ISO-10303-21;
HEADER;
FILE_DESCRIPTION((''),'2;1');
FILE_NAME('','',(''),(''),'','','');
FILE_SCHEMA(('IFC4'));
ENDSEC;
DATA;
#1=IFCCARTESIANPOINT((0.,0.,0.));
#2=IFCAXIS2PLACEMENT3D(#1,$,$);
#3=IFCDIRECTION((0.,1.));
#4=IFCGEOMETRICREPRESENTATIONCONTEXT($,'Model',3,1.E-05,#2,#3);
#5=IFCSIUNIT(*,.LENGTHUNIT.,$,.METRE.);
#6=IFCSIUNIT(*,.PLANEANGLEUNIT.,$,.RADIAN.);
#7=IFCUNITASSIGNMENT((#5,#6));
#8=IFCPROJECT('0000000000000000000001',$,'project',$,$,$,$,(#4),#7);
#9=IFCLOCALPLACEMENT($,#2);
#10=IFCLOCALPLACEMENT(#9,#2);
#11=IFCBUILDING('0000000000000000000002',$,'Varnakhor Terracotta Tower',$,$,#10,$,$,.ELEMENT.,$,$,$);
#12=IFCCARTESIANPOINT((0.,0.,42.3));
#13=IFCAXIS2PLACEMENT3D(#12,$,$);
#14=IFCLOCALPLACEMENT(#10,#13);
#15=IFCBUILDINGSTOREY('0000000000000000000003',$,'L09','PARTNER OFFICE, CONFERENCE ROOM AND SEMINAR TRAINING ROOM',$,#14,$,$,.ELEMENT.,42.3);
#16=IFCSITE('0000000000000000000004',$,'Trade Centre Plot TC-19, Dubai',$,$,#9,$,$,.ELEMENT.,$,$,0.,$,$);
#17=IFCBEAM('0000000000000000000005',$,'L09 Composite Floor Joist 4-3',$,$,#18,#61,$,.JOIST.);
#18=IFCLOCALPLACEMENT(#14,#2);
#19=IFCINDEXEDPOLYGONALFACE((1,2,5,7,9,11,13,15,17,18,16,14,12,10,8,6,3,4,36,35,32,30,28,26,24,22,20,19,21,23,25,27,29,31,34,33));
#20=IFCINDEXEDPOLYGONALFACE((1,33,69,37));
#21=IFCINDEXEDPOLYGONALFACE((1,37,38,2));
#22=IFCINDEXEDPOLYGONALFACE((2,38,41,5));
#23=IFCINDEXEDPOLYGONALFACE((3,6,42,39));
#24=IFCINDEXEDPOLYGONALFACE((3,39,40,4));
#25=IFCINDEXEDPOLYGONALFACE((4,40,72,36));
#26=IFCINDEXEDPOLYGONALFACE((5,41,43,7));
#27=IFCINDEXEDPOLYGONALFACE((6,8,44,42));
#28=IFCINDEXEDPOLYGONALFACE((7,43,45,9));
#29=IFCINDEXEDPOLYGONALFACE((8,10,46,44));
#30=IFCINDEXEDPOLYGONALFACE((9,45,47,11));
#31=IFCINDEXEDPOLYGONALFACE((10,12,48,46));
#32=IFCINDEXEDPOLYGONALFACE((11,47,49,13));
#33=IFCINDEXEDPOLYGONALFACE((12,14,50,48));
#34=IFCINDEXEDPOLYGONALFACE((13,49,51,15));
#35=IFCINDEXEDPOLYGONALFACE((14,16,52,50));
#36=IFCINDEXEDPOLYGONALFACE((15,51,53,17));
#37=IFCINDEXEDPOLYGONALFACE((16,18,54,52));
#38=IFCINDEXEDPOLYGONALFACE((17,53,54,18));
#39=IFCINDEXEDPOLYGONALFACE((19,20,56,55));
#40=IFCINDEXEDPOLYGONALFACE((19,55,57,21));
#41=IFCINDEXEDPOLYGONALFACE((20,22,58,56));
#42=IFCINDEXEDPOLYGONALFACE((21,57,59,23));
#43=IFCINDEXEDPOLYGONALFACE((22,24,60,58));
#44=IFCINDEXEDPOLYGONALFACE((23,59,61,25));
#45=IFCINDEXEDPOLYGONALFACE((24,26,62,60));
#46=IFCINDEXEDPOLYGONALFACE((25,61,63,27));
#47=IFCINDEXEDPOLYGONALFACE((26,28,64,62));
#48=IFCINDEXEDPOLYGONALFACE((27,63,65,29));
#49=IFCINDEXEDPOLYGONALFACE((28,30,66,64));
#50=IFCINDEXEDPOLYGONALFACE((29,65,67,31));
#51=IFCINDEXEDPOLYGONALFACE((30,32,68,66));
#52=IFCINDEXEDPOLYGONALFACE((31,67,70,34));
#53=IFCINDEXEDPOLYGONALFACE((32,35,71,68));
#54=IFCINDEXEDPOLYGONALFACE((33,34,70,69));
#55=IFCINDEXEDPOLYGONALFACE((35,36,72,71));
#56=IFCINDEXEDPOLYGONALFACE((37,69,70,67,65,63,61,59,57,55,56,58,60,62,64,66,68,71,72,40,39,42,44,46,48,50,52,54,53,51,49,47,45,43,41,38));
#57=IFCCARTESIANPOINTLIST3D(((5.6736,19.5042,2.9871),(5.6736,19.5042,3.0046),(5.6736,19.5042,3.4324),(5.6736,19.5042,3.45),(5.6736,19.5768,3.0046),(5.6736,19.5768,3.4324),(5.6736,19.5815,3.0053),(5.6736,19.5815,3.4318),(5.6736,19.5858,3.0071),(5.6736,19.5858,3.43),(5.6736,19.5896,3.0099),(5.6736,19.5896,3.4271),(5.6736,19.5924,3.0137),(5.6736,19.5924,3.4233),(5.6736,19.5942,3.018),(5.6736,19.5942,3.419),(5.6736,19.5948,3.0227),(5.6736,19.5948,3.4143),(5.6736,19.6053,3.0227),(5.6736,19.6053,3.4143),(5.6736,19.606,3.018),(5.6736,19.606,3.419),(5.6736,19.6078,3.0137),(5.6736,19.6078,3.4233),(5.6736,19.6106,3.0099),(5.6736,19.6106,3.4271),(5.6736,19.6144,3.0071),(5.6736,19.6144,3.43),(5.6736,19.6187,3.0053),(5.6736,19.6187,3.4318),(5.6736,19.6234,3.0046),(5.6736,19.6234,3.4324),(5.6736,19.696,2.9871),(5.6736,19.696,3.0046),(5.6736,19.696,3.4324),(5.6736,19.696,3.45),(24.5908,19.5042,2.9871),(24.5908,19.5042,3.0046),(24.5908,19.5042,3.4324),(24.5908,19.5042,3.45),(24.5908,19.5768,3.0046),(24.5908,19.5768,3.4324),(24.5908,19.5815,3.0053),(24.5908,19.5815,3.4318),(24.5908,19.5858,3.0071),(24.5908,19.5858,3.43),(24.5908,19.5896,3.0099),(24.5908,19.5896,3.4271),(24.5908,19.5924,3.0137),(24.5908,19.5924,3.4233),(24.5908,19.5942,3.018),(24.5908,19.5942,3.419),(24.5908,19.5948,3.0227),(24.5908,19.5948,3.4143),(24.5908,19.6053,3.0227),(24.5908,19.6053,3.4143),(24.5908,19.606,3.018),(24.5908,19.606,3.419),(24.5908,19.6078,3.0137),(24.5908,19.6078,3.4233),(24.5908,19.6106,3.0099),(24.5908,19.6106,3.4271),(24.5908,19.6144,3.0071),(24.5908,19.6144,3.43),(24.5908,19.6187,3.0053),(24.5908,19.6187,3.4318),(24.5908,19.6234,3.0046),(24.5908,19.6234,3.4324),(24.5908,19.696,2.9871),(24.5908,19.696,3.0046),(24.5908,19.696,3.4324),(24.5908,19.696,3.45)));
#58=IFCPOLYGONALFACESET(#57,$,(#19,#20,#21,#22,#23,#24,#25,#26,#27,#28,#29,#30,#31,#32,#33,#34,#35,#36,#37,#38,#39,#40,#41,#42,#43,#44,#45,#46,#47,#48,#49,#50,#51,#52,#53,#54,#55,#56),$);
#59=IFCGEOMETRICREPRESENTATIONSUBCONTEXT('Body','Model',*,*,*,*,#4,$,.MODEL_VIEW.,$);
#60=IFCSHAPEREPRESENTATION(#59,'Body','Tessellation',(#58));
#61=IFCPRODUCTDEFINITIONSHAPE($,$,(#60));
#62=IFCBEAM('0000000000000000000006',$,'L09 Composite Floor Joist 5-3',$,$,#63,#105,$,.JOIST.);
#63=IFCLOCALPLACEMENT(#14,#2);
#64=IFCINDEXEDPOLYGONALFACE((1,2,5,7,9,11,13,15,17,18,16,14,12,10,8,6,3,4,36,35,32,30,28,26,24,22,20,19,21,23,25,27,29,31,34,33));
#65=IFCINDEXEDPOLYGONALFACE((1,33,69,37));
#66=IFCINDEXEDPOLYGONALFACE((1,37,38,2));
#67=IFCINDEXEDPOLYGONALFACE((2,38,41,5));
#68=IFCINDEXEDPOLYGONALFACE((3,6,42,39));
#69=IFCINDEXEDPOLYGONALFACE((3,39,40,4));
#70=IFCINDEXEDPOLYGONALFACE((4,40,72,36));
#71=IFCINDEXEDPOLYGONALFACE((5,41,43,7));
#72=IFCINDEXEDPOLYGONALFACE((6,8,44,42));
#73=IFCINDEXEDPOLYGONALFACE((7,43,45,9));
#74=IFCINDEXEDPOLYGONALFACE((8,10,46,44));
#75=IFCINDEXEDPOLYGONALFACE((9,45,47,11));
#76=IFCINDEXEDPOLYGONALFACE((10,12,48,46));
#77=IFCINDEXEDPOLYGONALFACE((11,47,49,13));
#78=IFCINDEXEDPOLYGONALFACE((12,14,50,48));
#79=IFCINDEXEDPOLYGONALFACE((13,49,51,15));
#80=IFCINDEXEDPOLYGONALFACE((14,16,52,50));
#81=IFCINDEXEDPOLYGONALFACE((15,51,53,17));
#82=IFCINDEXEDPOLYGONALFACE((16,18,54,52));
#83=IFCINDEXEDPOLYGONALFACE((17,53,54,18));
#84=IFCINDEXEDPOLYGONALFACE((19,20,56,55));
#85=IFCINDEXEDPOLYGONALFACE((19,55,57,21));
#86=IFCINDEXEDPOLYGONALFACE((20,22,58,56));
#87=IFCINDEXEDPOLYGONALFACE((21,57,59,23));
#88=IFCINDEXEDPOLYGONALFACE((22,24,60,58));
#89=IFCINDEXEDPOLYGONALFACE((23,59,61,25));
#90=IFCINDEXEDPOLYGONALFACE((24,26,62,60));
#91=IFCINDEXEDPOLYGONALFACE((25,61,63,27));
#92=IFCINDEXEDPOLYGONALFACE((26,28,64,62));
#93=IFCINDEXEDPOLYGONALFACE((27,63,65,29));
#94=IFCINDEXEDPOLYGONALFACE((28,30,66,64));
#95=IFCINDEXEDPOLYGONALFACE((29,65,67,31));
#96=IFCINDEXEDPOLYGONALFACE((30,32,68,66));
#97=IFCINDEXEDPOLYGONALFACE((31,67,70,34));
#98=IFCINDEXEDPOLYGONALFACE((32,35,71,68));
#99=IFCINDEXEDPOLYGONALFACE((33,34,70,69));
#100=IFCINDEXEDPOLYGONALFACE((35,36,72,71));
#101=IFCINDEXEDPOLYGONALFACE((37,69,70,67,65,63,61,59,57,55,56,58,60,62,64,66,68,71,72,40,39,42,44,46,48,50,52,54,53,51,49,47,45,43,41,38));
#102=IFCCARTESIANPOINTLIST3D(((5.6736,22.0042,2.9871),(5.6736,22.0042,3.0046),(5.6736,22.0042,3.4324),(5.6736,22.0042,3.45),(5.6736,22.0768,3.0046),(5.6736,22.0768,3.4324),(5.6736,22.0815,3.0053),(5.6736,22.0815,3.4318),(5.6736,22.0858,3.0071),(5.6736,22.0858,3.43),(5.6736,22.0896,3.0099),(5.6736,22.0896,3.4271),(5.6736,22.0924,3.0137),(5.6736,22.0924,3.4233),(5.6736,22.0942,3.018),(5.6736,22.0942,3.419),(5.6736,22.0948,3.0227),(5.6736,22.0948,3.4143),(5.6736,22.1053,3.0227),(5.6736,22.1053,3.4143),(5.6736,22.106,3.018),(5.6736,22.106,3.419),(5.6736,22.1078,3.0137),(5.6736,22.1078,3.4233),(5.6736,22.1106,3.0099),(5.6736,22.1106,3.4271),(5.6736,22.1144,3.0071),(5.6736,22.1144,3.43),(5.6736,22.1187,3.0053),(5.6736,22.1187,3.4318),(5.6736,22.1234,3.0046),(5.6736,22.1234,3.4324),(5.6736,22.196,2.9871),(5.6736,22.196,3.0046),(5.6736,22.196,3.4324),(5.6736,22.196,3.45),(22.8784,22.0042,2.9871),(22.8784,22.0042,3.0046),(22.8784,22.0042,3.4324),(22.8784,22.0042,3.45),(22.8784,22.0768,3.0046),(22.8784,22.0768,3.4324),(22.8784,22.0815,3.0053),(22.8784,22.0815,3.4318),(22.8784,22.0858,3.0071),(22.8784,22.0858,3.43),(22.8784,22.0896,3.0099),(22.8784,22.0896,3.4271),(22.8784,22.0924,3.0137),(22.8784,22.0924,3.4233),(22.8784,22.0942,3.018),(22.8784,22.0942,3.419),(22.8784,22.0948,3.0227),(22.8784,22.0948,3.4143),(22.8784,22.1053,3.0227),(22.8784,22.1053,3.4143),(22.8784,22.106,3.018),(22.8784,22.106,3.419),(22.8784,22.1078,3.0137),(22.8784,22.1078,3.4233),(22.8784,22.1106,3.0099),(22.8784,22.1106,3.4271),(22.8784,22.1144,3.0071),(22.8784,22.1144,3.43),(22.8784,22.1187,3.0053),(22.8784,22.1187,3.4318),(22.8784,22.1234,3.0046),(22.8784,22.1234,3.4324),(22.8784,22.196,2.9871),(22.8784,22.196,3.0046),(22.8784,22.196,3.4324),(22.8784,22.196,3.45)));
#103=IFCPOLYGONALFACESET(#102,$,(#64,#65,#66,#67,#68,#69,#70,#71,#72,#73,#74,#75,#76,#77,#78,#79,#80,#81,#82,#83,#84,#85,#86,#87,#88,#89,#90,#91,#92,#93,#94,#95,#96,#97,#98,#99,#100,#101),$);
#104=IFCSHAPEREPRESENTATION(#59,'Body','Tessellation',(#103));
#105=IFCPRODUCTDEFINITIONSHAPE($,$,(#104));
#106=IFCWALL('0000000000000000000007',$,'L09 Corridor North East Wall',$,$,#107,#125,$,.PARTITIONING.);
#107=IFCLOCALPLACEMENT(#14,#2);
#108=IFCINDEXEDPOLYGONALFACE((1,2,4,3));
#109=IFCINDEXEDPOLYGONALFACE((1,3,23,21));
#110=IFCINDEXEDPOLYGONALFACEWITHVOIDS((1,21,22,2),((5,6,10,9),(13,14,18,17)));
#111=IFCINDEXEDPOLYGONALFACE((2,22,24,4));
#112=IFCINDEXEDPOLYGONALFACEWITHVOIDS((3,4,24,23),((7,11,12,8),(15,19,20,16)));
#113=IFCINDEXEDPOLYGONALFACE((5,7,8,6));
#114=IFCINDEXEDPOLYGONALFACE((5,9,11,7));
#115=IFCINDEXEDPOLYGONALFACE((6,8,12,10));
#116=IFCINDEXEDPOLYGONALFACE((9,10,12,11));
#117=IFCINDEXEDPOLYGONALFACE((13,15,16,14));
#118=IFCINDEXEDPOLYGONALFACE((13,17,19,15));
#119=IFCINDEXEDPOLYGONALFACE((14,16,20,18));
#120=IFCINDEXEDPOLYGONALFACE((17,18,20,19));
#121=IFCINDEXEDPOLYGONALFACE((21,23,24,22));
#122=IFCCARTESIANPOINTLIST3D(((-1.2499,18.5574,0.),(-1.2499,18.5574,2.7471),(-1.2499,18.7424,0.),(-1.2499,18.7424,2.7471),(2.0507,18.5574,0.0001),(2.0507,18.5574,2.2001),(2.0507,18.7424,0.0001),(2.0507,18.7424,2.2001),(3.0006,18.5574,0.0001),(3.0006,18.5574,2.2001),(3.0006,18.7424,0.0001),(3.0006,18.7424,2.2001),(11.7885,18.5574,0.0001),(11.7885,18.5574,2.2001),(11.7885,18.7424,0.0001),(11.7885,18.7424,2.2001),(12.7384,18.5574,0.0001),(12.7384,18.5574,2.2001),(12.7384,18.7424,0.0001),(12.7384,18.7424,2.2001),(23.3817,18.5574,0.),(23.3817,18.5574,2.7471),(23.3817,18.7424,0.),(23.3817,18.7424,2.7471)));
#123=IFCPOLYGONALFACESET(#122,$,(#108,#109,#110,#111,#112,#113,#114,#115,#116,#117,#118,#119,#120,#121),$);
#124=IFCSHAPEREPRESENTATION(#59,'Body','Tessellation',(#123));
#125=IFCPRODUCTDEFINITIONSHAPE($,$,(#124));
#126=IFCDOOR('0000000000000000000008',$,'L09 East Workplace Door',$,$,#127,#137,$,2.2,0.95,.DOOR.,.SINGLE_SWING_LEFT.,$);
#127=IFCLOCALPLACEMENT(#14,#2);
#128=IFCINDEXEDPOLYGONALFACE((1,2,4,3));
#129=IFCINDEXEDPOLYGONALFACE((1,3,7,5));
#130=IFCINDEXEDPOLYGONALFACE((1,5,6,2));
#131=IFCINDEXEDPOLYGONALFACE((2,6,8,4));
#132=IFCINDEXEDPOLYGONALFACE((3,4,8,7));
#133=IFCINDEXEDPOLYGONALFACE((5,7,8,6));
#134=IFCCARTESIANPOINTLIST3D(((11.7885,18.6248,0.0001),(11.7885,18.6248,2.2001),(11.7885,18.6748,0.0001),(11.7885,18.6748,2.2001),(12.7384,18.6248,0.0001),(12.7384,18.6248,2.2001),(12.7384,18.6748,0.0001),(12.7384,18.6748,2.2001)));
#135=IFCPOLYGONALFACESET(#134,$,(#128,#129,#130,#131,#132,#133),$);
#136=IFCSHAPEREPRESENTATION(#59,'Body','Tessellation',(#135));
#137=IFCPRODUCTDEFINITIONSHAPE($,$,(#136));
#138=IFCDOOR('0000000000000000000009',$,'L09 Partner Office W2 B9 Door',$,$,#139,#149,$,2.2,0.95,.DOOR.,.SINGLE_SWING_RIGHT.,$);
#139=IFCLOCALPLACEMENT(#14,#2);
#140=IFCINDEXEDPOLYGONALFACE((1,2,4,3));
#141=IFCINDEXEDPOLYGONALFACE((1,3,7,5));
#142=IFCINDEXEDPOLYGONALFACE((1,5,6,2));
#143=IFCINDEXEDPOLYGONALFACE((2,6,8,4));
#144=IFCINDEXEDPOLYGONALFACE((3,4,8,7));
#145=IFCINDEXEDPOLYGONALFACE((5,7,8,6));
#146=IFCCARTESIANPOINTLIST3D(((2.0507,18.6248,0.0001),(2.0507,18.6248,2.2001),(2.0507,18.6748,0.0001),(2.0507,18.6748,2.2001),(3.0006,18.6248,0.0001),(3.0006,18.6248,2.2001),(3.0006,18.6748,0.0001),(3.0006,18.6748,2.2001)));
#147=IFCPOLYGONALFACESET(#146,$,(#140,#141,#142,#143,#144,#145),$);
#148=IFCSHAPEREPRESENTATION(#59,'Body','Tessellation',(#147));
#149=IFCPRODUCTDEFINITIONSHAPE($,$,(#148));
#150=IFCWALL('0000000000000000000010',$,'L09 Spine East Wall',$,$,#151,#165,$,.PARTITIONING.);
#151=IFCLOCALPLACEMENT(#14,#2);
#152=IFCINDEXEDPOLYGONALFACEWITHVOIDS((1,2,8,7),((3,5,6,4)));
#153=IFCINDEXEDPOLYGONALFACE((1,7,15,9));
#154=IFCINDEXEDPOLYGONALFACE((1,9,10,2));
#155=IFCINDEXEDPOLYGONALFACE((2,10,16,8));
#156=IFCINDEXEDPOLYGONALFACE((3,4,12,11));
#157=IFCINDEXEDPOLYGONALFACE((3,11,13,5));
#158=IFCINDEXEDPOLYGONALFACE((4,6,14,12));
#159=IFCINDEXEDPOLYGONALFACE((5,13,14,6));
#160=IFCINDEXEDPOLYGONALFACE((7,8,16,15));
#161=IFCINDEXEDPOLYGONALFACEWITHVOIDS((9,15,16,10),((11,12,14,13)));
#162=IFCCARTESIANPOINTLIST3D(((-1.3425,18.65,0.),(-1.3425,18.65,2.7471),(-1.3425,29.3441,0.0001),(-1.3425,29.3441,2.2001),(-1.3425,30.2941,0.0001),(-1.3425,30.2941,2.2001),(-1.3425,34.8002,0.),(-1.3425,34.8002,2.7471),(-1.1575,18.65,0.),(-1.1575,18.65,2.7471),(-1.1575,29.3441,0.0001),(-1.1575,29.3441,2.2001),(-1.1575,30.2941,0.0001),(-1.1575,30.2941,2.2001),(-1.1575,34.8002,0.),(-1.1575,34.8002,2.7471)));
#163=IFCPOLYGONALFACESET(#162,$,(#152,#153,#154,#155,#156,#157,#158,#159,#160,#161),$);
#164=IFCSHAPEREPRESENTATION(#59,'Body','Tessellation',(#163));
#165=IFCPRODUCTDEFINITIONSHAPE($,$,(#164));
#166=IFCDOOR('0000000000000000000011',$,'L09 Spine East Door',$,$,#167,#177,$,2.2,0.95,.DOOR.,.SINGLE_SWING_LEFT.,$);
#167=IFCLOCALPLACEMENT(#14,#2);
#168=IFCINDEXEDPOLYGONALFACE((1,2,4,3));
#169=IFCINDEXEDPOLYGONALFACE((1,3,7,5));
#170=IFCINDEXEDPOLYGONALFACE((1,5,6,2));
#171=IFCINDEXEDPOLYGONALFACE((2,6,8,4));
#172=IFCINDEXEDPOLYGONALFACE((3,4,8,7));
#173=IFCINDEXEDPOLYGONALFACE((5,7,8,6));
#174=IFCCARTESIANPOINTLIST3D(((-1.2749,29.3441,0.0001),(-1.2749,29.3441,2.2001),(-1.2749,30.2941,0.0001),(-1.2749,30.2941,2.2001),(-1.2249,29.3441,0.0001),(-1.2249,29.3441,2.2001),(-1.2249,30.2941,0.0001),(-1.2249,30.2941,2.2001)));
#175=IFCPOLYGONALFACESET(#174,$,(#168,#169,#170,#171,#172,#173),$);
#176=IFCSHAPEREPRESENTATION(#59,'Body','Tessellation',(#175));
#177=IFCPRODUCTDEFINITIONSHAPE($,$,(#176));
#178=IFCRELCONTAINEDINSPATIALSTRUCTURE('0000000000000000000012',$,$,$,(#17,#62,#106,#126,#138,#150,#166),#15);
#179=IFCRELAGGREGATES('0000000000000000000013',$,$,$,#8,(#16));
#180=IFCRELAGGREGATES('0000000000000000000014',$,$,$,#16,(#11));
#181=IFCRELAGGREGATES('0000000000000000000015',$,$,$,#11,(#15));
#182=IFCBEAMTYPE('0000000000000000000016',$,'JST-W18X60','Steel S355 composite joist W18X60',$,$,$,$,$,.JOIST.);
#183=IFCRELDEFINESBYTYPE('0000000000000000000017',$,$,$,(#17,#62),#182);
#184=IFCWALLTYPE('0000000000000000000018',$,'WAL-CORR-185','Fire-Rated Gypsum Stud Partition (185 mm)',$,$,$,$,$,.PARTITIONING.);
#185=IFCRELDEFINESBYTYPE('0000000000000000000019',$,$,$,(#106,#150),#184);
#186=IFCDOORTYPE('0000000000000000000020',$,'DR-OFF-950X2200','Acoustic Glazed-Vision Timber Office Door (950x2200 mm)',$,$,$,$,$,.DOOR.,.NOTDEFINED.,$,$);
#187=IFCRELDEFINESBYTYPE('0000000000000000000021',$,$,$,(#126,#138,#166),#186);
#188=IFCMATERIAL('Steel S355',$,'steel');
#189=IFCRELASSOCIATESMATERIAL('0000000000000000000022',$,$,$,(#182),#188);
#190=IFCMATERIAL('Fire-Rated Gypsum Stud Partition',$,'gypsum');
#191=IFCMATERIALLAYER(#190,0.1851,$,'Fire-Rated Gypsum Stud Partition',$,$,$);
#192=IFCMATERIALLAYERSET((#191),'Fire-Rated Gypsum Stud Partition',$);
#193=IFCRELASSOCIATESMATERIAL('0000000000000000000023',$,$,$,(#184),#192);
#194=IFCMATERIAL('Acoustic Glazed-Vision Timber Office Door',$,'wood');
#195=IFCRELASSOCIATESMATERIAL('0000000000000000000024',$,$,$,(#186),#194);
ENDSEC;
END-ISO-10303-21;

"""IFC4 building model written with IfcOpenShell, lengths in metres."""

from ifc_helpers import new_model, si_unit, direction, frame, frame_2d, origin, origin_2d, place, context, subcontext, project, spatial, rectangle, i_section, extrude, source, transform, mapped, material, layer, layer_set, material_profile, profile_set, type_object, type_shapes, element, fill, save


model = new_model("IFC4")

# Units and contexts
model_context = context("Model", 3, precision=1e-05, world=origin(), true_north=direction((0.0, 1.0)))
body_context = subcontext(model_context, "Body", "Model", "MODEL_VIEW")
ifc_project = project(units=[si_unit("LENGTHUNIT", "METRE"), si_unit("PLANEANGLEUNIT", "RADIAN")], contexts=[model_context])

# Site, building, storey
site_placement = place(None, origin())
site = spatial("IfcSite", under=ifc_project, at=site_placement, Name="Trade Centre Plot TC-19, Dubai", CompositionType="ELEMENT", RefElevation=0.0)
building_placement = place(site_placement, origin())
building = spatial("IfcBuilding", under=site, at=building_placement, Name="Varnakhor Terracotta Tower", CompositionType="ELEMENT")
storey_placement = place(building_placement, frame((0.0, 0.0, 42.3)))
storey = spatial("IfcBuildingStorey", under=building, at=storey_placement, Name="L09", Description="PARTNER OFFICE, CONFERENCE ROOM AND SEMINAR TRAINING ROOM", CompositionType="ELEMENT", Elevation=42.3)

# Beams
ifc_material_1 = material(Name="Steel S355", Category="steel")
ifc_material_profile_1 = material_profile(ifc_material_1, i_section(OverallWidth=0.1919, OverallDepth=0.4629, WebThickness=0.0105, FlangeThickness=0.0176, FilletRadius=0.0181, at=origin_2d()), Name="W18X60")
ifc_profile_set_1 = profile_set([ifc_material_profile_1], Name="Steel S355")
beam_type_1 = type_object("IfcBeamType", Name="JST-W18X60", Description="Steel S355 composite joist W18X60", PredefinedType="JOIST", material=ifc_profile_set_1)
shared_shape_1 = source(origin(), body_context, "Body", "SweptSolid", [
    extrude(i_section(OverallWidth=0.1919, OverallDepth=0.4629, WebThickness=0.0105, FlangeThickness=0.0176, FilletRadius=0.0181, at=origin_2d()), origin(), (0.0, 0.0, 1.0), 18.9172),
])
beam_1_placement = place(storey_placement, frame((5.6736, 19.6001, 3.2185), z_axis=(1.0, 0.0, 0.0), x_axis=(0.0, 1.0, 0.0)))
element("IfcBeam", 1, at=beam_1_placement, inside=storey, type_object=beam_type_1, Name="L09 Composite Floor Joist 4-3", PredefinedType="JOIST", context=body_context, shape_type="MappedRepresentation", body=[
    mapped(shared_shape_1, transform((0.0, 0.0, 0.0), scale=1.0)),
])
shared_shape_2 = source(origin(), body_context, "Body", "SweptSolid", [
    extrude(i_section(OverallWidth=0.1919, OverallDepth=0.4629, WebThickness=0.0105, FlangeThickness=0.0176, FilletRadius=0.0181, at=origin_2d()), origin(), (0.0, 0.0, 1.0), 17.2048),
])
beam_2_placement = place(storey_placement, frame((5.6736, 22.1001, 3.2185), z_axis=(1.0, 0.0, 0.0), x_axis=(0.0, 1.0, 0.0)))
element("IfcBeam", 2, at=beam_2_placement, inside=storey, type_object=beam_type_1, Name="L09 Composite Floor Joist 5-3", PredefinedType="JOIST", context=body_context, shape_type="MappedRepresentation", body=[
    mapped(shared_shape_2, transform((0.0, 0.0, 0.0), scale=1.0)),
])

# Wall, openings, doors
ifc_material_2 = material(Name="Fire-Rated Gypsum Stud Partition", Category="gypsum")
ifc_layer_1 = layer(ifc_material_2, 0.1851, Name="Fire-Rated Gypsum Stud Partition")
ifc_layer_set_1 = layer_set([ifc_layer_1], Name="Fire-Rated Gypsum Stud Partition")
wall_type_1 = type_object("IfcWallType", Name="WAL-CORR-185", Description="Fire-Rated Gypsum Stud Partition (185 mm)", PredefinedType="PARTITIONING", material=ifc_layer_set_1)
wall_1_placement = place(storey_placement, frame((-1.25, 18.6499, 0.0), z_axis=(0.0, 0.0, 1.0), x_axis=(1.0, 0.0, 0.0)))
wall_1 = element("IfcWall", 3, at=wall_1_placement, inside=storey, type_object=wall_type_1, Name="L09 Corridor North East Wall", PredefinedType="PARTITIONING", context=body_context, shape_type="SweptSolid", body=[
    extrude(rectangle(XDim=24.6316, YDim=0.1851, at=frame_2d((12.3159, 0.0))), origin(), (0.0, 0.0, 1.0), 2.7471),
])
opening_1_placement = place(wall_1_placement, frame((13.0383, 0.0, 0.0)))
opening_1 = element("IfcOpeningElement", 4, at=opening_1_placement, cuts=wall_1, PredefinedType="OPENING", context=body_context, shape_type="SweptSolid", body=[
    extrude(rectangle(XDim=0.95, YDim=2.2, at=frame_2d((0.4751, 1.1001))), frame((0.0, 0.1025, 0.0), z_axis=(0.0, -1.0, 0.0), x_axis=(1.0, 0.0, 0.0)), (0.0, 0.0, 1.0), 0.2051),
])
opening_2_placement = place(wall_1_placement, frame((3.3005, 0.0, 0.0)))
opening_2 = element("IfcOpeningElement", 5, at=opening_2_placement, cuts=wall_1, PredefinedType="OPENING", context=body_context, shape_type="SweptSolid", body=[
    extrude(rectangle(XDim=0.95, YDim=2.2, at=frame_2d((0.4751, 1.1001))), frame((0.0, 0.1025, 0.0), z_axis=(0.0, -1.0, 0.0), x_axis=(1.0, 0.0, 0.0)), (0.0, 0.0, 1.0), 0.2051),
])
ifc_material_3 = material(Name="Acoustic Glazed-Vision Timber Office Door", Category="wood")
door_type_1 = type_object("IfcDoorType", Name="DR-OFF-950X2200", Description="Acoustic Glazed-Vision Timber Office Door (950x2200 mm)", OperationType="NOTDEFINED", PredefinedType="DOOR", material=ifc_material_3)
shared_shape_3 = source(origin(), body_context, "Body", "SweptSolid", [
    extrude(rectangle(XDim=0.95, YDim=2.2, at=frame_2d((0.4751, 1.1001))), frame((0.0, 0.0249, 0.0), z_axis=(0.0, -1.0, 0.0), x_axis=(1.0, 0.0, 0.0)), (0.0, 0.0, 1.0), 0.05),
])
type_shapes(door_type_1, [shared_shape_3])
door_1_placement = place(opening_1_placement, origin())
door_1 = element("IfcDoor", 6, at=door_1_placement, inside=storey, type_object=door_type_1, Name="L09 East Workplace Door", OperationType="SINGLE_SWING_LEFT", OverallHeight=2.2, OverallWidth=0.95, PredefinedType="DOOR", context=body_context, shape_type="MappedRepresentation", body=[
    mapped(shared_shape_3, transform((0.0, 0.0, 0.0), scale=1.0)),
])
fill(opening_1, door_1)
door_2_placement = place(opening_2_placement, origin())
door_2 = element("IfcDoor", 7, at=door_2_placement, inside=storey, type_object=door_type_1, Name="L09 Partner Office W2 B9 Door", OperationType="SINGLE_SWING_RIGHT", OverallHeight=2.2, OverallWidth=0.95, PredefinedType="DOOR", context=body_context, shape_type="MappedRepresentation", body=[
    mapped(shared_shape_3, transform((0.0, 0.0, 0.0), scale=1.0)),
])
fill(opening_2, door_2)

# Wall, opening, door
wall_2_placement = place(storey_placement, frame((-1.25, 18.6499, 0.0), z_axis=(0.0, 0.0, 1.0), x_axis=(0.0, 1.0, 0.0)))
wall_2 = element("IfcWall", 8, at=wall_2_placement, inside=storey, type_object=wall_type_1, Name="L09 Spine East Wall", PredefinedType="PARTITIONING", context=body_context, shape_type="SweptSolid", body=[
    extrude(rectangle(XDim=16.1501, YDim=0.1851, at=frame_2d((8.0752, 0.0))), origin(), (0.0, 0.0, 1.0), 2.7471),
])
opening_3_placement = place(wall_2_placement, frame((10.6941, 0.0, 0.0)))
opening_3 = element("IfcOpeningElement", 9, at=opening_3_placement, cuts=wall_2, PredefinedType="OPENING", context=body_context, shape_type="SweptSolid", body=[
    extrude(rectangle(XDim=0.95, YDim=2.2, at=frame_2d((0.4751, 1.1001))), frame((0.0, 0.1025, 0.0), z_axis=(0.0, -1.0, 0.0), x_axis=(1.0, 0.0, 0.0)), (0.0, 0.0, 1.0), 0.2051),
])
door_3_placement = place(opening_3_placement, origin())
door_3 = element("IfcDoor", 10, at=door_3_placement, inside=storey, type_object=door_type_1, Name="L09 Spine East Door", OperationType="SINGLE_SWING_LEFT", OverallHeight=2.2, OverallWidth=0.95, PredefinedType="DOOR", context=body_context, shape_type="MappedRepresentation", body=[
    mapped(shared_shape_3, transform((0.0, 0.0, 0.0), scale=1.0)),
])
fill(opening_3, door_3)

save(model, "model.ifc")
